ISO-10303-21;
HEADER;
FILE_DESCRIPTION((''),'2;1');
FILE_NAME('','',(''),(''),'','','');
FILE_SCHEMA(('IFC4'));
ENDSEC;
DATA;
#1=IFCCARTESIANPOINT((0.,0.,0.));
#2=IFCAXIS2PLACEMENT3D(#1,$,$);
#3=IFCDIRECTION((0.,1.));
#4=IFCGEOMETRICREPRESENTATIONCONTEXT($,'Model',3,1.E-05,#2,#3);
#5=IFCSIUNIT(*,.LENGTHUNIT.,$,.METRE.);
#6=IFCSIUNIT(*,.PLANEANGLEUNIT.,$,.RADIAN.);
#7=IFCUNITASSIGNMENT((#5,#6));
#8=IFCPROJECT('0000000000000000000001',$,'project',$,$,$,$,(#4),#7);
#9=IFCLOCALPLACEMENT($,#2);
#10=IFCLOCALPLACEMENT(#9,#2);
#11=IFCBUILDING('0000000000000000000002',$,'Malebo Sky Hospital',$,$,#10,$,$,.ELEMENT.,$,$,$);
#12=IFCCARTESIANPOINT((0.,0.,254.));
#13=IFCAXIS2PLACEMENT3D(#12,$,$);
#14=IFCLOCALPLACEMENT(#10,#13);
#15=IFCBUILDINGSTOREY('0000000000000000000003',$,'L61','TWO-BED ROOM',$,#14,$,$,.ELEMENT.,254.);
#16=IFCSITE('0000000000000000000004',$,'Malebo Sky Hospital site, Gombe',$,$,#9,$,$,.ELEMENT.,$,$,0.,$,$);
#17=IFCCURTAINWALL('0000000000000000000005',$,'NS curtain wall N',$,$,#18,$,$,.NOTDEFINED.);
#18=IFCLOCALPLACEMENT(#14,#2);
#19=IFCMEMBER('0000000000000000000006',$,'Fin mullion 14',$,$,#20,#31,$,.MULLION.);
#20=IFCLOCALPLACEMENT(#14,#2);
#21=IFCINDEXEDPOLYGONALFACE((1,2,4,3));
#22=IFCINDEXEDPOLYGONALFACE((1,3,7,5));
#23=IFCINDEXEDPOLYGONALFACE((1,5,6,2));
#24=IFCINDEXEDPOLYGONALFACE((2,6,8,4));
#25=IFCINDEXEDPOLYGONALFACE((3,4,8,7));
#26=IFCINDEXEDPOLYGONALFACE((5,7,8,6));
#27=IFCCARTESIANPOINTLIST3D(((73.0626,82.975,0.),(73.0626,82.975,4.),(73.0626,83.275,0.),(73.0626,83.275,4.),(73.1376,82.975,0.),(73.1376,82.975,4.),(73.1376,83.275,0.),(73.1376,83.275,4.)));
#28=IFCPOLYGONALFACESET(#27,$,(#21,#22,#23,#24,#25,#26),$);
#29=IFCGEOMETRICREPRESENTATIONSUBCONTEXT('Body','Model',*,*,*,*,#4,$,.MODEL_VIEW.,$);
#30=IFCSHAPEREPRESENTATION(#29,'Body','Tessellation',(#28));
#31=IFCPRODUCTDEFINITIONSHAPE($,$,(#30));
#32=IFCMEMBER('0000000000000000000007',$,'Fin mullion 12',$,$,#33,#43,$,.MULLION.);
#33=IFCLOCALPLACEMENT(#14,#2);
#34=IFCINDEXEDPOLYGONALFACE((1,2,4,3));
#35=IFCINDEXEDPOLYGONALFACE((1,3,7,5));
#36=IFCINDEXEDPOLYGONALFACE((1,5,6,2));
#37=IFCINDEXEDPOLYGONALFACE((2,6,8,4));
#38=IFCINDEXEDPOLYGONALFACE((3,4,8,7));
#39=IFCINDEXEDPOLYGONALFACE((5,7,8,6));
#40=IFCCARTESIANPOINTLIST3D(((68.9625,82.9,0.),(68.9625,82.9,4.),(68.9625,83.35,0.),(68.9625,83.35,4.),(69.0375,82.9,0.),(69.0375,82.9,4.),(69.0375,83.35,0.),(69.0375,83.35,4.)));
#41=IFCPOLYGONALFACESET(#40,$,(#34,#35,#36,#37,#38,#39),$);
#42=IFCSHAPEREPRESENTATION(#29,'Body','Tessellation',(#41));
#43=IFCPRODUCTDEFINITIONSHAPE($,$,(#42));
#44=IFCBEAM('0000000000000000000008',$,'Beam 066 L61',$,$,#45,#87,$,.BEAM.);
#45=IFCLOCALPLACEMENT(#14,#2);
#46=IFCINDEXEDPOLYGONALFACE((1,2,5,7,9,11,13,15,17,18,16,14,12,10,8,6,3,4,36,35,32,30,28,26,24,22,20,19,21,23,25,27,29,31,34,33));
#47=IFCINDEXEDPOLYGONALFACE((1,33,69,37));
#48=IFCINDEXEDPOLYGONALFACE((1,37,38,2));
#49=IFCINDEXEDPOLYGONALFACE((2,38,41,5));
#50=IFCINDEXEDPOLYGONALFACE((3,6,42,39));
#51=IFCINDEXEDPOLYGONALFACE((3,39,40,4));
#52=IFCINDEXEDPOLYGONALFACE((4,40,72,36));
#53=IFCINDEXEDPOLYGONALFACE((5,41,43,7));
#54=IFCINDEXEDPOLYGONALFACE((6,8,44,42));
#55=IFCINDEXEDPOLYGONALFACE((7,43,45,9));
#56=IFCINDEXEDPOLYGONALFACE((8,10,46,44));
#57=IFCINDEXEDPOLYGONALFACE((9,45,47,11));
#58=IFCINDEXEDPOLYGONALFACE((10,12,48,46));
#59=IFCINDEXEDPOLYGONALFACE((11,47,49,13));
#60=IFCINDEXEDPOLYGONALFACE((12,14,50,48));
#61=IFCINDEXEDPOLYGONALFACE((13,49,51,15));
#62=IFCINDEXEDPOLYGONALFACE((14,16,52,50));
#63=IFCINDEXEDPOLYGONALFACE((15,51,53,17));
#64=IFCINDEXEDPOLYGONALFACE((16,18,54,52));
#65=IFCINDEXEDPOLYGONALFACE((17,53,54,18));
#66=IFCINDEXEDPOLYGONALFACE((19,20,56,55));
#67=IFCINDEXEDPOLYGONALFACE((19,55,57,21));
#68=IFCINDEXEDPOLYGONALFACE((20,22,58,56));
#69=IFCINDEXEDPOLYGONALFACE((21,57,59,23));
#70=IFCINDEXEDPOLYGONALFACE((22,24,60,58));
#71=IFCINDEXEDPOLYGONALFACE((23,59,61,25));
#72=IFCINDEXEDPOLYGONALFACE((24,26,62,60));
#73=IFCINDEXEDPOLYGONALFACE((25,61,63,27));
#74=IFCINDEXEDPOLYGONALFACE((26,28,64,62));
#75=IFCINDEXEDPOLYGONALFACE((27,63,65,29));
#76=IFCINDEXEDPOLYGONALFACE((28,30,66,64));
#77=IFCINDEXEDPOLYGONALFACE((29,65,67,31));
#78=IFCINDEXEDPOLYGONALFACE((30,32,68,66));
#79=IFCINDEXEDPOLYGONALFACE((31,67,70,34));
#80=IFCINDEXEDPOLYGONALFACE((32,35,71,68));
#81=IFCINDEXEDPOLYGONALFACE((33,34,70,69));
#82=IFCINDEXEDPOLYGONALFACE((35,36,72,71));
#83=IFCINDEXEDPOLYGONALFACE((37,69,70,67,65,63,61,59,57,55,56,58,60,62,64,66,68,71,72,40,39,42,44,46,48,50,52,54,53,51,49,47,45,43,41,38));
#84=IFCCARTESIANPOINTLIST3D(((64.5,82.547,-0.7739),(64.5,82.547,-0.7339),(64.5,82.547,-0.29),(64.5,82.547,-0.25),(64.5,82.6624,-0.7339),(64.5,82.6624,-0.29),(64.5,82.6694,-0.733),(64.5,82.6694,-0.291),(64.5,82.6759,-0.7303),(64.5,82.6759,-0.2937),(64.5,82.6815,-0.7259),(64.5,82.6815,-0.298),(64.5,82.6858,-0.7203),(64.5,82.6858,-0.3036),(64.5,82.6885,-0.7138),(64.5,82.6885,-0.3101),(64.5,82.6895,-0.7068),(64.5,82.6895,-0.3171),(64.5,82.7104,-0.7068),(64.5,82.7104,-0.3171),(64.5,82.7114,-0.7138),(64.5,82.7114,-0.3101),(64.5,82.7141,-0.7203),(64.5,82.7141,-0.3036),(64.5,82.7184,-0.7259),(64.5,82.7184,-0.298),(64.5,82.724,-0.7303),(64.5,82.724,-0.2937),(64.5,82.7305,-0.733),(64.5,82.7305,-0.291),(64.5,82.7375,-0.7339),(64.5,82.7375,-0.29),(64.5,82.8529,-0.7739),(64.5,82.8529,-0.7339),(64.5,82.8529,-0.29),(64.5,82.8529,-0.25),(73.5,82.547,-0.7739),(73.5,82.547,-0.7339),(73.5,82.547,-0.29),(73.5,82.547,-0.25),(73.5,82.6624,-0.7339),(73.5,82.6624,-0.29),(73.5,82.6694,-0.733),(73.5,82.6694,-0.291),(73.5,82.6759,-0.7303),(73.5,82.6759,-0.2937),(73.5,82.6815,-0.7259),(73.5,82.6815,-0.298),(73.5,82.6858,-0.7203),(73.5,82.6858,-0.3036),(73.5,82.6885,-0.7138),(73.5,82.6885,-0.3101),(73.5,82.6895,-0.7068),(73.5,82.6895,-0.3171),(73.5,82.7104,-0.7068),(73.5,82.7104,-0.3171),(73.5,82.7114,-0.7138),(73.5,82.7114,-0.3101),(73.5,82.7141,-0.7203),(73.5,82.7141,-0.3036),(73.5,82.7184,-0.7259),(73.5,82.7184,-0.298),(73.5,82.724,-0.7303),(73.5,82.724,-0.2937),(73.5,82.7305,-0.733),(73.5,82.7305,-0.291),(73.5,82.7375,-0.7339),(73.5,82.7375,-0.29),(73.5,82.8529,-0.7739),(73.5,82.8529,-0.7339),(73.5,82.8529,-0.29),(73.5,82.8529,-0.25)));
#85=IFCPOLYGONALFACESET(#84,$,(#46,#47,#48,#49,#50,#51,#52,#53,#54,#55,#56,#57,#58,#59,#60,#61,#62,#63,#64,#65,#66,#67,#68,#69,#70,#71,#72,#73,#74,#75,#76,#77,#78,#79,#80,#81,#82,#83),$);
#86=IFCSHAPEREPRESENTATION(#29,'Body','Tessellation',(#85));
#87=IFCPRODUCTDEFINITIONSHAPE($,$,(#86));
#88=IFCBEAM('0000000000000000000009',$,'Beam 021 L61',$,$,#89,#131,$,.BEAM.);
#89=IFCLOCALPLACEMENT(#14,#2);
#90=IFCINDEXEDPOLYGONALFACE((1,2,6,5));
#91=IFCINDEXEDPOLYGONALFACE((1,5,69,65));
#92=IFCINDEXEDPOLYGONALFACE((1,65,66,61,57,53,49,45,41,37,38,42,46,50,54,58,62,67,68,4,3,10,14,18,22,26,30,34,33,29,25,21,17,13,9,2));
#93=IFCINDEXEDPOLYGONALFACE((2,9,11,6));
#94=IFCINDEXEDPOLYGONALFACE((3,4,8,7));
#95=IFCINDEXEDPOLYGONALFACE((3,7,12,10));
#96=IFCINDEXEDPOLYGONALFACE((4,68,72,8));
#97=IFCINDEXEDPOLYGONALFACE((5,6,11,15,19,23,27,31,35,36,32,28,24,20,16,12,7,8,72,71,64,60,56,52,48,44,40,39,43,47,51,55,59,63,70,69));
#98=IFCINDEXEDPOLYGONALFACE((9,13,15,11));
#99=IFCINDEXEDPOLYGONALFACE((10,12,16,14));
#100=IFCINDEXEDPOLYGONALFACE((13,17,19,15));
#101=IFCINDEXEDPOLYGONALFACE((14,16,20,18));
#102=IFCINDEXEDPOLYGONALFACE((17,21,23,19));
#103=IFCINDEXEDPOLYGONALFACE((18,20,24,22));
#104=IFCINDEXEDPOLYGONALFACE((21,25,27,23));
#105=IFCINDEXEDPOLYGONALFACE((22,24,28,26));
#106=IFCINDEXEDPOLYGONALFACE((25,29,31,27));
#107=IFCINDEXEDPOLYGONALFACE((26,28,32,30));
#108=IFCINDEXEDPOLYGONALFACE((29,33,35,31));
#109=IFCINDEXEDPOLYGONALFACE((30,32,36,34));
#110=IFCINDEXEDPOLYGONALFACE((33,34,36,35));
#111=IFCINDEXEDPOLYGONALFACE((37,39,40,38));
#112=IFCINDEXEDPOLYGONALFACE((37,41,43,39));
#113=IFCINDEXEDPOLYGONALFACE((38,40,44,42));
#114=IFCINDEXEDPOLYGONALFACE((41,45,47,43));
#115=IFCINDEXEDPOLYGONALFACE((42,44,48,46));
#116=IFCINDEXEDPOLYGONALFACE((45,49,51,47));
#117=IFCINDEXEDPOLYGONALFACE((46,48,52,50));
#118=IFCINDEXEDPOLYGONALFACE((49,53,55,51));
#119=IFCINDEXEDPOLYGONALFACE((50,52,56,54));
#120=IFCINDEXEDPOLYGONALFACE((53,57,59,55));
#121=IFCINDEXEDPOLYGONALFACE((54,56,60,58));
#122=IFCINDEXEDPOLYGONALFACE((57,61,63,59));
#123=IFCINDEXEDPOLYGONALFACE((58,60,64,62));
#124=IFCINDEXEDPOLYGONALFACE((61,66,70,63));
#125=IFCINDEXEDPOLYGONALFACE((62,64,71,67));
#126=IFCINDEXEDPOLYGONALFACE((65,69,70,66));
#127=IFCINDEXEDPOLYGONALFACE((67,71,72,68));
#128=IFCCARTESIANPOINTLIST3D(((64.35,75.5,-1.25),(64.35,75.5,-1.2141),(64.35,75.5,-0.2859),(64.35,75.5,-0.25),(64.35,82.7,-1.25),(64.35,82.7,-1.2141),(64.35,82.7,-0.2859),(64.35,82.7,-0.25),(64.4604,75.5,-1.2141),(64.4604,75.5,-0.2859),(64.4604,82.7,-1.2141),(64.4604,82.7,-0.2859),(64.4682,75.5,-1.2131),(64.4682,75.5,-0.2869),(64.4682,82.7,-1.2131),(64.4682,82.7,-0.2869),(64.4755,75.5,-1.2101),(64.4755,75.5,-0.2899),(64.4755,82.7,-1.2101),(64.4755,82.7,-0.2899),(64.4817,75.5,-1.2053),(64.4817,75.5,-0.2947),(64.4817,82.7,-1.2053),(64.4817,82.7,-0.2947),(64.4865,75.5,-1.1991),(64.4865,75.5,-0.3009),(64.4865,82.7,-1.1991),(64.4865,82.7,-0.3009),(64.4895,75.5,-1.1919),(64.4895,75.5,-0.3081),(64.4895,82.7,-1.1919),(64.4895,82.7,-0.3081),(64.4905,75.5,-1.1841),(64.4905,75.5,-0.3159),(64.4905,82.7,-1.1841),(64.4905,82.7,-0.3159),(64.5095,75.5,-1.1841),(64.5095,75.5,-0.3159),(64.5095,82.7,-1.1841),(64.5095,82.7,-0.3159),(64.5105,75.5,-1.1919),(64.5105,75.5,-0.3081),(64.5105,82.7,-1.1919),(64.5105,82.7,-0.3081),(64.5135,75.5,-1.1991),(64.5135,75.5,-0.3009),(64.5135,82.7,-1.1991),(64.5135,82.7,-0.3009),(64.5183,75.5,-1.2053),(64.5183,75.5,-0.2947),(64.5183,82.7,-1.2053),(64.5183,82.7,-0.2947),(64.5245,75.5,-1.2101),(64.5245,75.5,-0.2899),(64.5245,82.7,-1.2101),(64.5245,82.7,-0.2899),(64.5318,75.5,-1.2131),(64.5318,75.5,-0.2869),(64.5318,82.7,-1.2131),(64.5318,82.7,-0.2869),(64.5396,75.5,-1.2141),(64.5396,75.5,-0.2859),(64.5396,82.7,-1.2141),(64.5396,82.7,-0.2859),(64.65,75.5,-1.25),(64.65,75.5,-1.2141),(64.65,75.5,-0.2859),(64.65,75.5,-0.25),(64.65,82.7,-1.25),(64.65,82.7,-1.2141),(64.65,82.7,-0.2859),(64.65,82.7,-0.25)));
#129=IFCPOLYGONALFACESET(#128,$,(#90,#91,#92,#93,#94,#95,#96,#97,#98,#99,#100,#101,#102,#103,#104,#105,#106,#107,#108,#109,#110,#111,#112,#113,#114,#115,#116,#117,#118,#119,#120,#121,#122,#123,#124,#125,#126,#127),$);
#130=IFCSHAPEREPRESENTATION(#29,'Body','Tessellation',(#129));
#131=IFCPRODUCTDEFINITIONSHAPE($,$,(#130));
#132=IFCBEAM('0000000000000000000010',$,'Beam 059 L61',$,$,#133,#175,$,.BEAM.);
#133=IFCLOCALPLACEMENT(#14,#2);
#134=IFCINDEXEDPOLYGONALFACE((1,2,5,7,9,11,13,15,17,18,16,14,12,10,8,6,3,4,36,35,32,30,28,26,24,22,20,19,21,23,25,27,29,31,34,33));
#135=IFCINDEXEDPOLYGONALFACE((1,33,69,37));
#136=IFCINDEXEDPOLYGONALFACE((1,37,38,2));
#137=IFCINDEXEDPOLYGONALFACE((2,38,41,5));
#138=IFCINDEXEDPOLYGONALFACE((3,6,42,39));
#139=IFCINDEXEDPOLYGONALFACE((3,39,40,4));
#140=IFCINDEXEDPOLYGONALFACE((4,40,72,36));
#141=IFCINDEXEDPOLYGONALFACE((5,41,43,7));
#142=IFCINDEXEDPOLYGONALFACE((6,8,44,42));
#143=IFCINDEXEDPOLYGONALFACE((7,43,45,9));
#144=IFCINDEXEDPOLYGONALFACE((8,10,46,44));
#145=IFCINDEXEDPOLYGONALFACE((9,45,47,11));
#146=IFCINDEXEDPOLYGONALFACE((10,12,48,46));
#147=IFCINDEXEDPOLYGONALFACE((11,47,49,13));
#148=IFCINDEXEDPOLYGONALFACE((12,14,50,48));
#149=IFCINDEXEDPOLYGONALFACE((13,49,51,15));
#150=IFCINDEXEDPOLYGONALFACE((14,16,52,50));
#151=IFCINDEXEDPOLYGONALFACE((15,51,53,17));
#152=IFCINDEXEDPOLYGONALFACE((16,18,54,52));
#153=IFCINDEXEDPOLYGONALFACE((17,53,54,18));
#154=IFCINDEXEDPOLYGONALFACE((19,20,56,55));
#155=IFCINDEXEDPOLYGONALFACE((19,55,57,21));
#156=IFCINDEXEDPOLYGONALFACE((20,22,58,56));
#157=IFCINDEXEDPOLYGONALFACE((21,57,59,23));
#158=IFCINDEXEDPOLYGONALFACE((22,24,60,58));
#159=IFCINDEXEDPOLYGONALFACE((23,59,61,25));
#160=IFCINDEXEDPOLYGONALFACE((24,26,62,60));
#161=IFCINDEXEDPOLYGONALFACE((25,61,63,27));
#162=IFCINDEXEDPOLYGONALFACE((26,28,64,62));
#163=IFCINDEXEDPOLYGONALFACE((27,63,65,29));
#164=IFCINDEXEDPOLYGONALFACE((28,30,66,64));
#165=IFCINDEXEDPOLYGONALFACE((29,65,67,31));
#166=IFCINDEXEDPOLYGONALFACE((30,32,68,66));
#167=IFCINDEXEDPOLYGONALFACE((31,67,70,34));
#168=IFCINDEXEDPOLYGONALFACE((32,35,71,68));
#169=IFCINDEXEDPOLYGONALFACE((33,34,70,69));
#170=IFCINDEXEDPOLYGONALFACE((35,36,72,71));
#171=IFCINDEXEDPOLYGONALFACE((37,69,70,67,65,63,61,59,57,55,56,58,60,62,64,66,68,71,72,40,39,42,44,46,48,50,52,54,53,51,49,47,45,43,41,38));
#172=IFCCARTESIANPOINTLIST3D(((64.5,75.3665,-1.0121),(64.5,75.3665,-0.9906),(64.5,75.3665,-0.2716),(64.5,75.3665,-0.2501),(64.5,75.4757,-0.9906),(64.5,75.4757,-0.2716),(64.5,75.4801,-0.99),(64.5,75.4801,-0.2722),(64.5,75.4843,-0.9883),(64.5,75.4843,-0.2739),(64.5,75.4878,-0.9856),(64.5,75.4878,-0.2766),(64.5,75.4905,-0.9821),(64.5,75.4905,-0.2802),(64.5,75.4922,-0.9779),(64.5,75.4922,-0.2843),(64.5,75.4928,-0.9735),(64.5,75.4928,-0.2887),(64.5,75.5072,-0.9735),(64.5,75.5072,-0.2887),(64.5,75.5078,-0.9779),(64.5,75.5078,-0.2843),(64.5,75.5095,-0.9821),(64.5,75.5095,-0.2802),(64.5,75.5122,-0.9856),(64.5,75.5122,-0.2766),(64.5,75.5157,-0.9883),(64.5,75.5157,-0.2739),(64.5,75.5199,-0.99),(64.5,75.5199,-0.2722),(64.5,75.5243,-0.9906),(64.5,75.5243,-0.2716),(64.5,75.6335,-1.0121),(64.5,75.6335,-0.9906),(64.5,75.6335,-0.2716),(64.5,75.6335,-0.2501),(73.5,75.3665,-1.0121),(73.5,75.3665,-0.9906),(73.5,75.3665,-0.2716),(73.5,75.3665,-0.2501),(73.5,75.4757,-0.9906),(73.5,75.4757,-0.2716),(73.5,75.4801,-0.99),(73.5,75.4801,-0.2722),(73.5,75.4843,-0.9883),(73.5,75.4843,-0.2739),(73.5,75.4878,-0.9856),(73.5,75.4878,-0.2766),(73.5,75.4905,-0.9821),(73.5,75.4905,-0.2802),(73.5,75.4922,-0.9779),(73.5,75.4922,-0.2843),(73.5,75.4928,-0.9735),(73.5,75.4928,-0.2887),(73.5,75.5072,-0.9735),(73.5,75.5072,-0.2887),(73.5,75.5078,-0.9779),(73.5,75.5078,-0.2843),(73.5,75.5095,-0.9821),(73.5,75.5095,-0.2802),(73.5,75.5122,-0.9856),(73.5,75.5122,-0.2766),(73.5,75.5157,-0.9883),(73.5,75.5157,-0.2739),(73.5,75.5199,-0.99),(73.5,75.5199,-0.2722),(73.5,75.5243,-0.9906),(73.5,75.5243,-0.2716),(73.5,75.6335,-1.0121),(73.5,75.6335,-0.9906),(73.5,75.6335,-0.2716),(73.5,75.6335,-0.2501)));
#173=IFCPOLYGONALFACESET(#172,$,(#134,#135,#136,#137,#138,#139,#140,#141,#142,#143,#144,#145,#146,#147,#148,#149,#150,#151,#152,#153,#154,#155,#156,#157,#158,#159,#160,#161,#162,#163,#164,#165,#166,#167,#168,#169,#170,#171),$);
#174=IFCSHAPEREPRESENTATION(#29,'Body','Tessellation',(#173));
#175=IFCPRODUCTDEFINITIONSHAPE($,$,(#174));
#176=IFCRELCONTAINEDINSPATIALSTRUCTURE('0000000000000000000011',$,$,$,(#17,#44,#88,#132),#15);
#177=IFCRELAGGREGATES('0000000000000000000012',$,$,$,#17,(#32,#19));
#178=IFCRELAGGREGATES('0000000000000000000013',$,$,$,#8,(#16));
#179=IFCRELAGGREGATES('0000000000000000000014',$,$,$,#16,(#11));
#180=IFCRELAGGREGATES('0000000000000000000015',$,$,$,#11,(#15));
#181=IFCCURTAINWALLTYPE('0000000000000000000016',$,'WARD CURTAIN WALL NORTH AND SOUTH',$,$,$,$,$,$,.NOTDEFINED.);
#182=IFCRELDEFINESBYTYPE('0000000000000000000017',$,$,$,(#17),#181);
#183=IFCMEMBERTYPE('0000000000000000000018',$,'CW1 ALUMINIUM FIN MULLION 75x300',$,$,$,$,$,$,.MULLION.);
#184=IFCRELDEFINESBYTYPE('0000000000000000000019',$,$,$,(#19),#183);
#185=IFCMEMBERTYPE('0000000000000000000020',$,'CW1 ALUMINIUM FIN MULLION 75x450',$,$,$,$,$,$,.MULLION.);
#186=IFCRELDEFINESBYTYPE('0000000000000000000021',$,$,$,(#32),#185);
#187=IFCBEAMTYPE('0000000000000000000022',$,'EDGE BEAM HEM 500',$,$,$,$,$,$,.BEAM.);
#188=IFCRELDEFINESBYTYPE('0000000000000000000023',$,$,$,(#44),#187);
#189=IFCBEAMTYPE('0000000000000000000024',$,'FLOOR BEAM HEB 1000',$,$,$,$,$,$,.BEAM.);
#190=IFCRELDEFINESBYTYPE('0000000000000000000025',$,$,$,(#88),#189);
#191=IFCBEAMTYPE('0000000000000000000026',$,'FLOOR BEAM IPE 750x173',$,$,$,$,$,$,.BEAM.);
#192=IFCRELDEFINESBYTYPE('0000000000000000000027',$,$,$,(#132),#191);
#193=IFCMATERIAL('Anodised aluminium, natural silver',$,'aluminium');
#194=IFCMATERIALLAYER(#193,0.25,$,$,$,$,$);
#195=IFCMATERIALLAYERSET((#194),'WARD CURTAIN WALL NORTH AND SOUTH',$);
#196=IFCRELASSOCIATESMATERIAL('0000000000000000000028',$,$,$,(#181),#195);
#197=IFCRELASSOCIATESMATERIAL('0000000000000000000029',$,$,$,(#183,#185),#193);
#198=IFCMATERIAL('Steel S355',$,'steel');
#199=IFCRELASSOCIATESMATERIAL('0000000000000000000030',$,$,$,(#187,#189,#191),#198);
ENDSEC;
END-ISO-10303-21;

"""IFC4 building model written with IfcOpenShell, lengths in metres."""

from ifc_helpers import new_model, si_unit, direction, frame, origin, origin_2d, place, context, subcontext, project, spatial, rectangle, i_section, extrude, material, layer, layer_set, material_profile, profile_set, type_object, element, aggregate, save


model = new_model("IFC4")

# Units and contexts
model_context = context("Model", 3, precision=1e-05, world=origin(), true_north=direction((0.0, 1.0)))
body_context = subcontext(model_context, "Body", "Model", "MODEL_VIEW")
ifc_project = project(units=[si_unit("LENGTHUNIT", "METRE"), si_unit("PLANEANGLEUNIT", "RADIAN")], contexts=[model_context])

# Site, building, storey
site_placement = place(None, origin())
site = spatial("IfcSite", under=ifc_project, at=site_placement, Name="Malebo Sky Hospital site, Gombe", CompositionType="ELEMENT", RefElevation=0.0)
building_placement = place(site_placement, origin())
building = spatial("IfcBuilding", under=site, at=building_placement, Name="Malebo Sky Hospital", CompositionType="ELEMENT")
storey_placement = place(building_placement, frame((0.0, 0.0, 254.0)))
storey = spatial("IfcBuildingStorey", under=building, at=storey_placement, Name="L61", Description="TWO-BED ROOM", CompositionType="ELEMENT", Elevation=254.0)

# Curtain wall, members
ifc_material_1 = material(Name="Anodised aluminium, natural silver", Category="aluminium")
ifc_layer_1 = layer(ifc_material_1, 0.25)
ifc_layer_set_1 = layer_set([ifc_layer_1], Name="WARD CURTAIN WALL NORTH AND SOUTH")
curtain_wall_type = type_object("IfcCurtainWallType", Name="WARD CURTAIN WALL NORTH AND SOUTH", PredefinedType="NOTDEFINED", material=ifc_layer_set_1)
curtain_wall_placement = place(storey_placement, origin())
curtain_wall = element("IfcCurtainWall", 1, at=curtain_wall_placement, inside=storey, type_object=curtain_wall_type, Name="NS curtain wall N", PredefinedType="NOTDEFINED")
ifc_material_profile_1 = material_profile(ifc_material_1, rectangle(XDim=0.075, YDim=0.3, at=origin_2d()), Name="CW1 ALUMINIUM FIN MULLION 75x300")
ifc_profile_set_1 = profile_set([ifc_material_profile_1], Name="Anodised aluminium, natural silver")
member_type_1 = type_object("IfcMemberType", Name="CW1 ALUMINIUM FIN MULLION 75x300", PredefinedType="MULLION", material=ifc_profile_set_1)
member_1_placement = place(storey_placement, frame((73.1001, 83.125, 0.0), z_axis=(0.0, 0.0, 1.0), x_axis=(1.0, 0.0, 0.0)))
member_1 = element("IfcMember", 2, at=member_1_placement, type_object=member_type_1, Name="Fin mullion 14", PredefinedType="MULLION", context=body_context, shape_type="SweptSolid", body=[
    extrude(rectangle(XDim=0.075, YDim=0.3, at=origin_2d()), origin(), (0.0, 0.0, 1.0), 4.0),
])
ifc_material_profile_2 = material_profile(ifc_material_1, rectangle(XDim=0.075, YDim=0.45, at=origin_2d()), Name="CW1 ALUMINIUM FIN MULLION 75x450")
ifc_profile_set_2 = profile_set([ifc_material_profile_2], Name="Anodised aluminium, natural silver")
member_type_2 = type_object("IfcMemberType", Name="CW1 ALUMINIUM FIN MULLION 75x450", PredefinedType="MULLION", material=ifc_profile_set_2)
member_2_placement = place(storey_placement, frame((69.0, 83.125, 0.0), z_axis=(0.0, 0.0, 1.0), x_axis=(1.0, 0.0, 0.0)))
member_2 = element("IfcMember", 3, at=member_2_placement, type_object=member_type_2, Name="Fin mullion 12", PredefinedType="MULLION", context=body_context, shape_type="SweptSolid", body=[
    extrude(rectangle(XDim=0.075, YDim=0.45, at=origin_2d()), origin(), (0.0, 0.0, 1.0), 4.0),
])

# Beams
ifc_material_2 = material(Name="Steel S355", Category="steel")
ifc_material_profile_3 = material_profile(ifc_material_2, i_section(OverallWidth=0.3059, OverallDepth=0.5239, WebThickness=0.021, FlangeThickness=0.04, FilletRadius=0.0271, at=origin_2d()), Name="HEM 500")
ifc_profile_set_3 = profile_set([ifc_material_profile_3], Name="Steel S355")
beam_type_1 = type_object("IfcBeamType", Name="EDGE BEAM HEM 500", PredefinedType="BEAM", material=ifc_profile_set_3)
beam_1_placement = place(storey_placement, frame((64.5, 82.7, -0.512), z_axis=(1.0, 0.0, 0.0), x_axis=(0.0, 1.0, 0.0)))
element("IfcBeam", 4, at=beam_1_placement, inside=storey, type_object=beam_type_1, Name="Beam 066 L61", PredefinedType="BEAM", context=body_context, shape_type="SweptSolid", body=[
    extrude(i_section(OverallWidth=0.3059, OverallDepth=0.5239, WebThickness=0.021, FlangeThickness=0.04, FilletRadius=0.0271, at=origin_2d()), origin(), (0.0, 0.0, 1.0), 9.0),
])
ifc_material_profile_4 = material_profile(ifc_material_2, i_section(OverallWidth=0.3, OverallDepth=1.0, WebThickness=0.019, FlangeThickness=0.0359, FilletRadius=0.03, at=origin_2d()), Name="HEB 1000")
ifc_profile_set_4 = profile_set([ifc_material_profile_4], Name="Steel S355")
beam_type_2 = type_object("IfcBeamType", Name="FLOOR BEAM HEB 1000", PredefinedType="BEAM", material=ifc_profile_set_4)
beam_2_placement = place(storey_placement, frame((64.5, 75.5, -0.75), z_axis=(0.0, 1.0, 0.0), x_axis=(-1.0, 0.0, 0.0)))
element("IfcBeam", 5, at=beam_2_placement, inside=storey, type_object=beam_type_2, Name="Beam 021 L61", PredefinedType="BEAM", context=body_context, shape_type="SweptSolid", body=[
    extrude(i_section(OverallWidth=0.3, OverallDepth=1.0, WebThickness=0.019, FlangeThickness=0.0359, FilletRadius=0.03, at=origin_2d()), origin(), (0.0, 0.0, 1.0), 7.2),
])
ifc_material_profile_5 = material_profile(ifc_material_2, i_section(OverallWidth=0.2671, OverallDepth=0.762, WebThickness=0.0144, FlangeThickness=0.0215, FilletRadius=0.0171, at=origin_2d()), Name="IPE 750x173")
ifc_profile_set_5 = profile_set([ifc_material_profile_5], Name="Steel S355")
beam_type_3 = type_object("IfcBeamType", Name="FLOOR BEAM IPE 750x173", PredefinedType="BEAM", material=ifc_profile_set_5)
beam_3_placement = place(storey_placement, frame((64.5, 75.5, -0.6311), z_axis=(1.0, 0.0, 0.0), x_axis=(0.0, 1.0, 0.0)))
element("IfcBeam", 6, at=beam_3_placement, inside=storey, type_object=beam_type_3, Name="Beam 059 L61", PredefinedType="BEAM", context=body_context, shape_type="SweptSolid", body=[
    extrude(i_section(OverallWidth=0.2671, OverallDepth=0.762, WebThickness=0.0144, FlangeThickness=0.0215, FilletRadius=0.0171, at=origin_2d()), origin(), (0.0, 0.0, 1.0), 9.0),
])

aggregate(curtain_wall, [member_2, member_1])

save(model, "model.ifc")
